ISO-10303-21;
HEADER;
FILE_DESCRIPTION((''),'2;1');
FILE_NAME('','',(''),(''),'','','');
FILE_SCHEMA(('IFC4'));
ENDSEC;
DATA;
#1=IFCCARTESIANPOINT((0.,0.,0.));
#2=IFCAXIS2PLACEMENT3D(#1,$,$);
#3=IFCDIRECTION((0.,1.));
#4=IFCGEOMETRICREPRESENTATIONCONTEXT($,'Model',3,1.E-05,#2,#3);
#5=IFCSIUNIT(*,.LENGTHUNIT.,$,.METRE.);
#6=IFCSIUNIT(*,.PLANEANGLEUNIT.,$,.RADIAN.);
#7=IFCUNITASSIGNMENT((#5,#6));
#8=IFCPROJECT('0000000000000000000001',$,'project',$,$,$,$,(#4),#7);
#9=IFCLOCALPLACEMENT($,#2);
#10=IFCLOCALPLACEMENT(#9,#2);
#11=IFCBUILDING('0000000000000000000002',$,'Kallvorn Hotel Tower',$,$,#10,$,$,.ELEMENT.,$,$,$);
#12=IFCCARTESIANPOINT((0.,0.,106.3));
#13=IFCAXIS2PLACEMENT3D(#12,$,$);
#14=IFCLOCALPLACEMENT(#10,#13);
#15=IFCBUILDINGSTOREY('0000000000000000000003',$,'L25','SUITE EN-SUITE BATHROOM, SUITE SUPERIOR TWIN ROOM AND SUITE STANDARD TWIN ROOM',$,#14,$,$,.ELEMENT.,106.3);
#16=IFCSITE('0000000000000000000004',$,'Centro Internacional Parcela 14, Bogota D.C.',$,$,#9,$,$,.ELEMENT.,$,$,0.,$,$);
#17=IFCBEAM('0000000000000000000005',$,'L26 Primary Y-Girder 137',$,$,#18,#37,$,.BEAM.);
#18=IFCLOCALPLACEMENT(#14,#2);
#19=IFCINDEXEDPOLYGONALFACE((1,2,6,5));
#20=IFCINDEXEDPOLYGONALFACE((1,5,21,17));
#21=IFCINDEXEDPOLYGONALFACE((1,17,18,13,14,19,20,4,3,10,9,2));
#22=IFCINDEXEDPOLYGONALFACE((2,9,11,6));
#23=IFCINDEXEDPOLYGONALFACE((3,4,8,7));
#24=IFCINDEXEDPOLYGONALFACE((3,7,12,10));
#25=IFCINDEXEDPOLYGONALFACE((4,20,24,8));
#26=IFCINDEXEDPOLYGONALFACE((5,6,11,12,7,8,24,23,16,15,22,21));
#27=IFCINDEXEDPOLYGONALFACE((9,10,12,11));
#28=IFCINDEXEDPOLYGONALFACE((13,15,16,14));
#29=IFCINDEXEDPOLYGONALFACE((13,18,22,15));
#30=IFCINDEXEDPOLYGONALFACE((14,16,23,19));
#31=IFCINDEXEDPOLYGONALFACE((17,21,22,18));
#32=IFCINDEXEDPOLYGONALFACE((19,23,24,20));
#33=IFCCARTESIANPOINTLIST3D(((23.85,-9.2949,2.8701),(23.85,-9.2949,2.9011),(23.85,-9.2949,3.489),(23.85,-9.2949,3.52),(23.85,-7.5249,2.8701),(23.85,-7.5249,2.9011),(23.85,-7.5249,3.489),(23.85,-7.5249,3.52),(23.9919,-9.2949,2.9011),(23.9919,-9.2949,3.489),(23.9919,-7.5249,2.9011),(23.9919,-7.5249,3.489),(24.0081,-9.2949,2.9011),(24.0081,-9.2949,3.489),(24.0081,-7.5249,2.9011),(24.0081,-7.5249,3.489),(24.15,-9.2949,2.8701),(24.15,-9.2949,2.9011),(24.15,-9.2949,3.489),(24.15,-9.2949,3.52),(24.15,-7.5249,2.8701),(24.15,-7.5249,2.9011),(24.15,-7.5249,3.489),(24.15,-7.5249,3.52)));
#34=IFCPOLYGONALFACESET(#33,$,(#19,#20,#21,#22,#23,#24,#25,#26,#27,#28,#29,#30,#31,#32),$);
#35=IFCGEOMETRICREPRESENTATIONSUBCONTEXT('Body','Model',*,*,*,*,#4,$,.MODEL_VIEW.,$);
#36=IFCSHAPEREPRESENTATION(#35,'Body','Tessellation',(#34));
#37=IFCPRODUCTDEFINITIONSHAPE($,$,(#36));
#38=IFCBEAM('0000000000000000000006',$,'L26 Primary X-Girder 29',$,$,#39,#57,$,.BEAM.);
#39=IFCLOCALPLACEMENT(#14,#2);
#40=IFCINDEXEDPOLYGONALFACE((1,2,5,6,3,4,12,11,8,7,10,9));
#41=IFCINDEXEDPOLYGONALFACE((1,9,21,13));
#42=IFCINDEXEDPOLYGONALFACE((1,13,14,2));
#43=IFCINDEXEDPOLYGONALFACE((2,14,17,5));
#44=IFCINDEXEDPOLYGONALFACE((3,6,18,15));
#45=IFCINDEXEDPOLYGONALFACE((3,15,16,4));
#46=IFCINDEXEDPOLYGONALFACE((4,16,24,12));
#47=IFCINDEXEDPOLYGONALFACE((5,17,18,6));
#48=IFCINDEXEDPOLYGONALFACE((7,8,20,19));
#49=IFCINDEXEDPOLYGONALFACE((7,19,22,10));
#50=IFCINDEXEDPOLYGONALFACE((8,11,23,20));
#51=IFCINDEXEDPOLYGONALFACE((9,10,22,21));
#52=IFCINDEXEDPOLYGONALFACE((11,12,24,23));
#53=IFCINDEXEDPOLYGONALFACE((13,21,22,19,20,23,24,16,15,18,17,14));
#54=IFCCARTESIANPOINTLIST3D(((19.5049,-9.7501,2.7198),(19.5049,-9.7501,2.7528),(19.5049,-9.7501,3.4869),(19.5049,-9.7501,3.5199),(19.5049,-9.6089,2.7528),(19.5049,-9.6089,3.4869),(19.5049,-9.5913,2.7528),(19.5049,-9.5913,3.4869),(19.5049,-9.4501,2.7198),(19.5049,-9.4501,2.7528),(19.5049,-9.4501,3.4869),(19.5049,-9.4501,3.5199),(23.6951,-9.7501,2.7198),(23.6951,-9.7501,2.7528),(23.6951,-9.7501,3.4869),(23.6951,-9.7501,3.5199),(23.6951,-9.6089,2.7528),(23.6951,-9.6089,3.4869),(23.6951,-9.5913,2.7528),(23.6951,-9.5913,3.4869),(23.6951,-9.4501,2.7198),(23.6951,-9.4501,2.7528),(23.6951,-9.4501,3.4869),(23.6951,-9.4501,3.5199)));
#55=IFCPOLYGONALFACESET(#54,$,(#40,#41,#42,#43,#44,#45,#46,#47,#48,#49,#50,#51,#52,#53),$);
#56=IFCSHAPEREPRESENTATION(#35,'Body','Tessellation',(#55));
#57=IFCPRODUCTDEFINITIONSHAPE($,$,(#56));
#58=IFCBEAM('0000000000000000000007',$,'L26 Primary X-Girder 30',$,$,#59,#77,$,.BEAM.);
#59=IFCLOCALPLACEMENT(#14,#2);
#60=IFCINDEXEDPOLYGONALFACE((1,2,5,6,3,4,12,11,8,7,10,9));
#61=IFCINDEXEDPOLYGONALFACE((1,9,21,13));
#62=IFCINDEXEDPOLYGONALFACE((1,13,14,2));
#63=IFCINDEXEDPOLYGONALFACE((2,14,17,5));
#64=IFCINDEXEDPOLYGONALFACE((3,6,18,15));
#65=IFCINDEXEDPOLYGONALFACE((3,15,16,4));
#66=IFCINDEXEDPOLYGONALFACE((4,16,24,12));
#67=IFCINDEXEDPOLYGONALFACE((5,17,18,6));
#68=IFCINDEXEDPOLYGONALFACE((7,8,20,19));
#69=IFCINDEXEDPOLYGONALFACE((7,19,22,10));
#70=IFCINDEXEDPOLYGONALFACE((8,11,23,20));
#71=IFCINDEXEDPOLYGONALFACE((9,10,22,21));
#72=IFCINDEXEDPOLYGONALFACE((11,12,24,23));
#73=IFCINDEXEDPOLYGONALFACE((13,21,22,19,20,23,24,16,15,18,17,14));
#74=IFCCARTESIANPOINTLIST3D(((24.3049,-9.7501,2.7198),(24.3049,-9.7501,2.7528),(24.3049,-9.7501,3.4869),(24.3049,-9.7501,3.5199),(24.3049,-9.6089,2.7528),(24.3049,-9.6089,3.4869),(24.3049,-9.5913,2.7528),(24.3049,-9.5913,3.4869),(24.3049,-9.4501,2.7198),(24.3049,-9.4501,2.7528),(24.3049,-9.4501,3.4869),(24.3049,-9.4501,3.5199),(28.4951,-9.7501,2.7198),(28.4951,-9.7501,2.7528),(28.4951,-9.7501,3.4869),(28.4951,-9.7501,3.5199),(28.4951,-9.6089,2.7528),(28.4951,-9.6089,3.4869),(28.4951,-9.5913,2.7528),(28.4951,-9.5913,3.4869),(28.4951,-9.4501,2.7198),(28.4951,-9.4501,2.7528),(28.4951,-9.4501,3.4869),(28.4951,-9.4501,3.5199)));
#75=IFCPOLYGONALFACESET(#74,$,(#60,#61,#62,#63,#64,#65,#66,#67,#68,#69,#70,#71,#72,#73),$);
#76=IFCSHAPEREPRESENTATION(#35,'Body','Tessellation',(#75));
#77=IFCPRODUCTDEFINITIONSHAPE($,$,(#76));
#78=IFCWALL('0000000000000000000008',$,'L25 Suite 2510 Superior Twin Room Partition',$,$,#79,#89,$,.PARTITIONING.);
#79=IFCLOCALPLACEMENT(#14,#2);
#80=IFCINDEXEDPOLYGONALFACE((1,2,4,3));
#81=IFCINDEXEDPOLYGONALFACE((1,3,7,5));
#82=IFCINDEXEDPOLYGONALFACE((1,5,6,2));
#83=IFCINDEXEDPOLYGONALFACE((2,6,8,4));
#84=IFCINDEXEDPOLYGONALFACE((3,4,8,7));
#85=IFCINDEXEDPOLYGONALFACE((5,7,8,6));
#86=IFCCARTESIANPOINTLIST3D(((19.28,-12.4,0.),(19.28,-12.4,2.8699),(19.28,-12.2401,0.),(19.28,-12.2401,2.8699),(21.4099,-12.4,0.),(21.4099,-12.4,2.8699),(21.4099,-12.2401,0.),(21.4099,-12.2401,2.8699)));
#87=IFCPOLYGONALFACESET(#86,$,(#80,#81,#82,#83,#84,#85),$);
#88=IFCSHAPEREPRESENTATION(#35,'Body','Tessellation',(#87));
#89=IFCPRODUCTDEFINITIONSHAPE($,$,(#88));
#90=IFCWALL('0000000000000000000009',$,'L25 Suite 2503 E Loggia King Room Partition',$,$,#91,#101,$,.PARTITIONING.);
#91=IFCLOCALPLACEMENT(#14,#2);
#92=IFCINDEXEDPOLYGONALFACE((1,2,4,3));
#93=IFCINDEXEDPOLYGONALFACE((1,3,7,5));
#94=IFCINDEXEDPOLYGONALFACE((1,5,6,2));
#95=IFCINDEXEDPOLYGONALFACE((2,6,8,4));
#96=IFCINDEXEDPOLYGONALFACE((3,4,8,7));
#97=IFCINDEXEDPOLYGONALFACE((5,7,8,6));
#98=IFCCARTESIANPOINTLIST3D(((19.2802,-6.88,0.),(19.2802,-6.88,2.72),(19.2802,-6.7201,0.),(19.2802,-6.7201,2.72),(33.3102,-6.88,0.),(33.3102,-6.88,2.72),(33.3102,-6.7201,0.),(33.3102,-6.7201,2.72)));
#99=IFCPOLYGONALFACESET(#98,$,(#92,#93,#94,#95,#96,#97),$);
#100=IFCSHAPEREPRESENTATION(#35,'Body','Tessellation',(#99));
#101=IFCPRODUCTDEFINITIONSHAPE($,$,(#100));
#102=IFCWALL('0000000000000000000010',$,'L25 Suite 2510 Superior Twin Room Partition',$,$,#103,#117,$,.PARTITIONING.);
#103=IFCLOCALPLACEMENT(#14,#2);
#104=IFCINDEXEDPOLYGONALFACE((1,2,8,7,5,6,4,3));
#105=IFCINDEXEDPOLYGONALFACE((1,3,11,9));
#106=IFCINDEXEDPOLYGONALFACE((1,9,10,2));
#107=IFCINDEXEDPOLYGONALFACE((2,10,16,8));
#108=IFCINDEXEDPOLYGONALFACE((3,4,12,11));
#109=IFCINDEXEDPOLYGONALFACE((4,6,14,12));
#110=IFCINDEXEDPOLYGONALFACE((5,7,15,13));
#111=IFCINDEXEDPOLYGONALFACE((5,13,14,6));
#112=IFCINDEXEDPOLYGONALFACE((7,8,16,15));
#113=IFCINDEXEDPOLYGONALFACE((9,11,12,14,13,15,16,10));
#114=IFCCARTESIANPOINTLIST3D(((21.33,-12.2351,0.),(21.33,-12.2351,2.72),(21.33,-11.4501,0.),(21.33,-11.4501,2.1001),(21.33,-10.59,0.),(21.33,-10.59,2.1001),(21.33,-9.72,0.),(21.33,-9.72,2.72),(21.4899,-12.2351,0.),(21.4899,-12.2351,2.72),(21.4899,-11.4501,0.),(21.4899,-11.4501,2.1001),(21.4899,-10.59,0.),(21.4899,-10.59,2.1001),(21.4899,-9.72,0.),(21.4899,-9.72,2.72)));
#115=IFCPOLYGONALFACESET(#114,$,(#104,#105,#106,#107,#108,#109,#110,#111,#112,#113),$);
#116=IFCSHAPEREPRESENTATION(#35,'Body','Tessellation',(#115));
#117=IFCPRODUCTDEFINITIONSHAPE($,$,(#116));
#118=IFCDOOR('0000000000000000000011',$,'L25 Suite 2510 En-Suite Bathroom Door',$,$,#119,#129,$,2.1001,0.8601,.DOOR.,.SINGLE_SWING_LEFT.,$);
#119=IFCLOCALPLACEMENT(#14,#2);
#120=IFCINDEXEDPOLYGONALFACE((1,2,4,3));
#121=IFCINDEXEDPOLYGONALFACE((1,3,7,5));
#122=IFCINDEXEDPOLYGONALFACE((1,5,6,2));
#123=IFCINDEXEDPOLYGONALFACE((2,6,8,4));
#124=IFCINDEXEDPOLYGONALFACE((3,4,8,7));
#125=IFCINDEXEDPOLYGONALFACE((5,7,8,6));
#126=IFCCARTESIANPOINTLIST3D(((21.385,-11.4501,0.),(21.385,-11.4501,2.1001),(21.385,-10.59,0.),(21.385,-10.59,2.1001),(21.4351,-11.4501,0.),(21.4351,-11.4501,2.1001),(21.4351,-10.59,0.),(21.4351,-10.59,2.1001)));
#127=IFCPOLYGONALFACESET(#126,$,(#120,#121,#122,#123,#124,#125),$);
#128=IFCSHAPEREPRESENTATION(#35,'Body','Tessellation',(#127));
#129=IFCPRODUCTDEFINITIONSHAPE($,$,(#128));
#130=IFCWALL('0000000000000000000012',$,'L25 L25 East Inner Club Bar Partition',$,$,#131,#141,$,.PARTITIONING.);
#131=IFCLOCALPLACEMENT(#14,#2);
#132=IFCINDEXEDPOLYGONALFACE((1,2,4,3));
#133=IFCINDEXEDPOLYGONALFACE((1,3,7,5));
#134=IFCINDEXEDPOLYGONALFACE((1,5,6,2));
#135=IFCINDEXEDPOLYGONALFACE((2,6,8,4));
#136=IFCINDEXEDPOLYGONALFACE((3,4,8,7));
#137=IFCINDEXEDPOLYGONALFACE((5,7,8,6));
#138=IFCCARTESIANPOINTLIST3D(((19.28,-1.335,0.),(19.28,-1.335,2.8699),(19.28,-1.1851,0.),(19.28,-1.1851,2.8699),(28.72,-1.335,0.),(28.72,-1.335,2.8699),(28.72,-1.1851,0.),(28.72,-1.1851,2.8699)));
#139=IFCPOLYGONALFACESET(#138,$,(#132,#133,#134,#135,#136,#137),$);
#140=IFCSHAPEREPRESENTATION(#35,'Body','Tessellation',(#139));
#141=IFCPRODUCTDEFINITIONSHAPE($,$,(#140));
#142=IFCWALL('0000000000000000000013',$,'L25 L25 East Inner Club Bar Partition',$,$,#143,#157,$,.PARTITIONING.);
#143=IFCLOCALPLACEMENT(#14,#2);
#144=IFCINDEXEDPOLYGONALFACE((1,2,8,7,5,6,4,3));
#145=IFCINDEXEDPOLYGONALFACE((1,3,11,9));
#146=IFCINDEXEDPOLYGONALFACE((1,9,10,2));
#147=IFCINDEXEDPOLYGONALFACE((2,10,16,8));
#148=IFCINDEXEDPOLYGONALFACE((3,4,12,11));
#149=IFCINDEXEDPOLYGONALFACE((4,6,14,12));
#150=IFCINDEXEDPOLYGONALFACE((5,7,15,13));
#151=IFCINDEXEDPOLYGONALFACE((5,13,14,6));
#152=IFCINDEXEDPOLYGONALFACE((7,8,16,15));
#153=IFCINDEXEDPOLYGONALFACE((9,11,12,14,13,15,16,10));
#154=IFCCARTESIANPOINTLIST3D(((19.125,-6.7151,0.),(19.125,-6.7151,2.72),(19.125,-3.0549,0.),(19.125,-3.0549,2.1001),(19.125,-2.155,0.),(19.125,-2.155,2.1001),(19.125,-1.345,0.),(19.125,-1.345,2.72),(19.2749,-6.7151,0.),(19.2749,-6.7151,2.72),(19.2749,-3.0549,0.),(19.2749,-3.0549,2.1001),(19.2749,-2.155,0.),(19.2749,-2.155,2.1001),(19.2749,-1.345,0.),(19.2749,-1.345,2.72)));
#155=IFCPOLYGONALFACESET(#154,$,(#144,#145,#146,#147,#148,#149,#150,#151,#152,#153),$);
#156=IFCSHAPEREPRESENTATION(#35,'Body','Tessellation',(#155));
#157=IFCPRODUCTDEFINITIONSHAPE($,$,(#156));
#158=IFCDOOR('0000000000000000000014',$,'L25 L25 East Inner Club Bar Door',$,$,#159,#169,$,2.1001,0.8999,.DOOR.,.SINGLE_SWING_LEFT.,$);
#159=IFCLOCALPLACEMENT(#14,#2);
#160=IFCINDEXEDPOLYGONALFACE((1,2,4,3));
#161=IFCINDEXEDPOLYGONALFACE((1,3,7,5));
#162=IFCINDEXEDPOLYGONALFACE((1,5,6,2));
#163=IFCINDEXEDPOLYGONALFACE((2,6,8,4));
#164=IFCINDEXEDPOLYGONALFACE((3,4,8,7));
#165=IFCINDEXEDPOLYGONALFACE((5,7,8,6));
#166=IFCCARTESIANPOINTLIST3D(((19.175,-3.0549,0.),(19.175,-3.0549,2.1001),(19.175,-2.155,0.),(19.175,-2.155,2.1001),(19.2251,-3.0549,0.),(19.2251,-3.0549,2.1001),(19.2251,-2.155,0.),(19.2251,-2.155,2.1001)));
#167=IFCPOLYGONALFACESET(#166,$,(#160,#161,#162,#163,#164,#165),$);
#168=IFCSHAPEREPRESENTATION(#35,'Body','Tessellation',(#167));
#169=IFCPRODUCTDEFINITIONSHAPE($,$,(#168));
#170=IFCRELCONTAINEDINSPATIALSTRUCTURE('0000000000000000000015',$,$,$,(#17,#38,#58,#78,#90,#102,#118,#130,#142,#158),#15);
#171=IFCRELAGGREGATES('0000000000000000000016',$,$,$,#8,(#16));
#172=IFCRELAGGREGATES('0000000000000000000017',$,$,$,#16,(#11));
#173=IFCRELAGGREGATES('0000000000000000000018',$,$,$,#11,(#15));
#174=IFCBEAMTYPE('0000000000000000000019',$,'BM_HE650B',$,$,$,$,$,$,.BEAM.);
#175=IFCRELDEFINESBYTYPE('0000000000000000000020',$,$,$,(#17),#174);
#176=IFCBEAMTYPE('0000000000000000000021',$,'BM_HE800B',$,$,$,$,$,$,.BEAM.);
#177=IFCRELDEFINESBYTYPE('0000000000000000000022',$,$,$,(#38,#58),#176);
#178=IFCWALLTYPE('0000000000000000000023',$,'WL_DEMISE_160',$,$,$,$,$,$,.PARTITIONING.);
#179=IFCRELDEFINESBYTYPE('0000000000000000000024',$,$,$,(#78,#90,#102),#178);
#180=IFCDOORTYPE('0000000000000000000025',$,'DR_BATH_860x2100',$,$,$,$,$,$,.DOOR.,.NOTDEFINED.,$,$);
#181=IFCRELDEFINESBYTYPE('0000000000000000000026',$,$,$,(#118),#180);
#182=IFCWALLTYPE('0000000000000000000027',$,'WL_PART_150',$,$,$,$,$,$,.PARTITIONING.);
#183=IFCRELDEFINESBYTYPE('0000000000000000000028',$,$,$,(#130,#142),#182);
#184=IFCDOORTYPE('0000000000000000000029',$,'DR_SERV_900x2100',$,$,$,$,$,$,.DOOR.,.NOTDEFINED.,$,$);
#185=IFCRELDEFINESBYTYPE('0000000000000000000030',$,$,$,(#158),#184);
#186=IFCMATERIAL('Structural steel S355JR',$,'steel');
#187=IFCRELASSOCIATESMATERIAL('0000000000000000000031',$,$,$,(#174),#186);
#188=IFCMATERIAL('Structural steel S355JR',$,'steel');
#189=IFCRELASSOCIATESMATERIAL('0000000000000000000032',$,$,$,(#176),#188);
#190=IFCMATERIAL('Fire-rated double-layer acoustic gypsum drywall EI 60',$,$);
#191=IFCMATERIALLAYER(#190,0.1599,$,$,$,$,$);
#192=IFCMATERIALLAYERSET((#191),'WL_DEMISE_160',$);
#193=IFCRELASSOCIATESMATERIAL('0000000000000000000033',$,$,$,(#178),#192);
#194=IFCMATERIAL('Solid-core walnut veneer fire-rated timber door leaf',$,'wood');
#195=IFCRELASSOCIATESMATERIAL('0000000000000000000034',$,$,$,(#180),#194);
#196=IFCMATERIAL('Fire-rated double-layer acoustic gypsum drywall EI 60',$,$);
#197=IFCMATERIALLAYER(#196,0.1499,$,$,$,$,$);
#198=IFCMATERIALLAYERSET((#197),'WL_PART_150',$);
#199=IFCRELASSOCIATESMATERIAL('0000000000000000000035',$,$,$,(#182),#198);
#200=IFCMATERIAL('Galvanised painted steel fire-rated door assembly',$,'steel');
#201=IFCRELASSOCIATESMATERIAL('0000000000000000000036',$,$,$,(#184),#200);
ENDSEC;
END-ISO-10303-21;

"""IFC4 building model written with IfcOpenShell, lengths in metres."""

from ifc_helpers import new_model, si_unit, direction, frame, frame_2d, origin, origin_2d, place, context, subcontext, project, spatial, rectangle, i_section, extrude, material, layer, layer_set, material_profile, profile_set, type_object, element, fill, save


model = new_model("IFC4")

# Units and contexts
model_context = context("Model", 3, precision=1e-05, world=origin(), true_north=direction((0.0, 1.0)))
body_context = subcontext(model_context, "Body", "Model", "MODEL_VIEW")
ifc_project = project(units=[si_unit("LENGTHUNIT", "METRE"), si_unit("PLANEANGLEUNIT", "RADIAN")], contexts=[model_context])

# Site, building, storey
site_placement = place(None, origin())
site = spatial("IfcSite", under=ifc_project, at=site_placement, Name="Centro Internacional Parcela 14, Bogota D.C.", CompositionType="ELEMENT", RefElevation=0.0)
building_placement = place(site_placement, origin())
building = spatial("IfcBuilding", under=site, at=building_placement, Name="Kallvorn Hotel Tower", CompositionType="ELEMENT")
storey_placement = place(building_placement, frame((0.0, 0.0, 106.3)))
storey = spatial("IfcBuildingStorey", under=building, at=storey_placement, Name="L25", Description="SUITE EN-SUITE BATHROOM, SUITE SUPERIOR TWIN ROOM AND SUITE STANDARD TWIN ROOM", CompositionType="ELEMENT", Elevation=106.3)

# Beams
ifc_material_1 = material(Name="Structural steel S355JR", Category="steel")
ifc_material_profile_1 = material_profile(ifc_material_1, i_section(OverallWidth=0.3, OverallDepth=0.6499, WebThickness=0.0161, FlangeThickness=0.031, at=origin_2d()), Name="HE 650 B")
ifc_profile_set_1 = profile_set([ifc_material_profile_1], Name="Structural steel S355JR")
beam_type_1 = type_object("IfcBeamType", Name="BM_HE650B", PredefinedType="BEAM", material=ifc_profile_set_1)
beam_placement = place(storey_placement, frame((24.0, -9.2949, 3.1951), z_axis=(0.0, 1.0, 0.0), x_axis=(-1.0, 0.0, 0.0)))
element("IfcBeam", 1, at=beam_placement, inside=storey, type_object=beam_type_1, Name="L26 Primary Y-Girder 137", PredefinedType="BEAM", context=body_context, shape_type="SweptSolid", body=[
    extrude(i_section(OverallWidth=0.3, OverallDepth=0.6499, WebThickness=0.0161, FlangeThickness=0.031, at=origin_2d()), origin(), (0.0, 0.0, 1.0), 1.77),
])
ifc_material_2 = material(Name="Structural steel S355JR", Category="steel")
ifc_material_profile_2 = material_profile(ifc_material_2, i_section(OverallWidth=0.3, OverallDepth=0.8, WebThickness=0.0176, FlangeThickness=0.033, at=origin_2d()), Name="HE 800 B")
ifc_profile_set_2 = profile_set([ifc_material_profile_2], Name="Structural steel S355JR")
beam_type_2 = type_object("IfcBeamType", Name="BM_HE800B", PredefinedType="BEAM", material=ifc_profile_set_2)
for number, where, z_axis, x_axis, name in (
    (2, (19.5049, -9.6001, 3.1199), (1.0, 0.0, 0.0), (0.0, 1.0, 0.0), "L26 Primary X-Girder 29"),
    (3, (24.3049, -9.6001, 3.1199), (1.0, 0.0, 0.0), (0.0, 1.0, 0.0), "L26 Primary X-Girder 30"),
):
    element("IfcBeam", number, at=place(storey_placement, frame(where, z_axis=z_axis, x_axis=x_axis)), inside=storey, type_object=beam_type_2, Name=name, PredefinedType="BEAM", context=body_context, shape_type="SweptSolid", body=[
        extrude(i_section(OverallWidth=0.3, OverallDepth=0.8, WebThickness=0.0176, FlangeThickness=0.033, at=origin_2d()), origin(), (0.0, 0.0, 1.0), 4.1902),
    ])

# Walls
ifc_material_3 = material(Name="Fire-rated double-layer acoustic gypsum drywall EI 60")
ifc_layer_1 = layer(ifc_material_3, 0.1599)
ifc_layer_set_1 = layer_set([ifc_layer_1], Name="WL_DEMISE_160")
wall_type_1 = type_object("IfcWallType", Name="WL_DEMISE_160", PredefinedType="PARTITIONING", material=ifc_layer_set_1)
wall_1_placement = place(storey_placement, frame((19.28, -12.3201, 0.0), z_axis=(0.0, 0.0, 1.0), x_axis=(1.0, 0.0, 0.0)))
element("IfcWall", 4, at=wall_1_placement, inside=storey, type_object=wall_type_1, Name="L25 Suite 2510 Superior Twin Room Partition", PredefinedType="PARTITIONING", context=body_context, shape_type="SweptSolid", body=[
    extrude(rectangle(XDim=2.1299, YDim=0.1599, at=frame_2d((1.0649, 0.0))), origin(), (0.0, 0.0, 1.0), 2.8699),
])
wall_2_placement = place(storey_placement, frame((19.28, -6.8, 0.0), z_axis=(0.0, 0.0, 1.0), x_axis=(1.0, 0.0, 0.0)))
element("IfcWall", 5, at=wall_2_placement, inside=storey, type_object=wall_type_1, Name="L25 Suite 2503 E Loggia King Room Partition", PredefinedType="PARTITIONING", context=body_context, shape_type="SweptSolid", body=[
    extrude(rectangle(XDim=14.03, YDim=0.1599, at=frame_2d((7.0151, 0.0))), origin(), (0.0, 0.0, 1.0), 2.72),
])

# Wall, opening, door
wall_3_placement = place(storey_placement, frame((21.4099, -12.2351, 0.0), z_axis=(0.0, 0.0, 1.0), x_axis=(0.0, 1.0, 0.0)))
wall_3 = element("IfcWall", 6, at=wall_3_placement, inside=storey, type_object=wall_type_1, Name="L25 Suite 2510 Superior Twin Room Partition", PredefinedType="PARTITIONING", context=body_context, shape_type="SweptSolid", body=[
    extrude(rectangle(XDim=2.5151, YDim=0.1599, at=frame_2d((1.2576, 0.0))), origin(), (0.0, 0.0, 1.0), 2.72),
])
opening_1_placement = place(wall_3_placement, frame((0.7849, 0.0, 0.0)))
opening_1 = element("IfcOpeningElement", 7, at=opening_1_placement, cuts=wall_3, PredefinedType="OPENING", context=body_context, shape_type="SweptSolid", body=[
    extrude(rectangle(XDim=0.8601, YDim=2.1001, at=frame_2d((0.4302, 1.05))), frame((0.0, 0.095, 0.0), z_axis=(0.0, -1.0, 0.0), x_axis=(1.0, 0.0, 0.0)), (0.0, 0.0, 1.0), 0.1899),
])
ifc_material_4 = material(Name="Solid-core walnut veneer fire-rated timber door leaf", Category="wood")
door_type_1 = type_object("IfcDoorType", Name="DR_BATH_860x2100", OperationType="NOTDEFINED", PredefinedType="DOOR", material=ifc_material_4)
door_1_placement = place(opening_1_placement, origin())
door_1 = element("IfcDoor", 8, at=door_1_placement, inside=storey, type_object=door_type_1, Name="L25 Suite 2510 En-Suite Bathroom Door", OperationType="SINGLE_SWING_LEFT", OverallHeight=2.1001, OverallWidth=0.8601, PredefinedType="DOOR", context=body_context, shape_type="SweptSolid", body=[
    extrude(rectangle(XDim=0.8601, YDim=2.1001, at=frame_2d((0.4302, 1.05))), frame((0.0, 0.0249, 0.0), z_axis=(0.0, -1.0, 0.0), x_axis=(1.0, 0.0, 0.0)), (0.0, 0.0, 1.0), 0.05),
])
fill(opening_1, door_1)

# Wall
ifc_material_5 = material(Name="Fire-rated double-layer acoustic gypsum drywall EI 60")
ifc_layer_2 = layer(ifc_material_5, 0.1499)
ifc_layer_set_2 = layer_set([ifc_layer_2], Name="WL_PART_150")
wall_type_2 = type_object("IfcWallType", Name="WL_PART_150", PredefinedType="PARTITIONING", material=ifc_layer_set_2)
wall_4_placement = place(storey_placement, frame((19.28, -1.26, 0.0), z_axis=(0.0, 0.0, 1.0), x_axis=(1.0, 0.0, 0.0)))
element("IfcWall", 9, at=wall_4_placement, inside=storey, type_object=wall_type_2, Name="L25 L25 East Inner Club Bar Partition", PredefinedType="PARTITIONING", context=body_context, shape_type="SweptSolid", body=[
    extrude(rectangle(XDim=9.4399, YDim=0.1499, at=frame_2d((4.72, 0.0))), origin(), (0.0, 0.0, 1.0), 2.8699),
])

# Wall, opening, door
wall_5_placement = place(storey_placement, frame((19.2, -6.7151, 0.0), z_axis=(0.0, 0.0, 1.0), x_axis=(0.0, 1.0, 0.0)))
wall_5 = element("IfcWall", 10, at=wall_5_placement, inside=storey, type_object=wall_type_2, Name="L25 L25 East Inner Club Bar Partition", PredefinedType="PARTITIONING", context=body_context, shape_type="SweptSolid", body=[
    extrude(rectangle(XDim=5.3701, YDim=0.1499, at=frame_2d((2.6851, 0.0))), origin(), (0.0, 0.0, 1.0), 2.72),
])
opening_2_placement = place(wall_5_placement, frame((3.6602, 0.0, 0.0)))
opening_2 = element("IfcOpeningElement", 11, at=opening_2_placement, cuts=wall_5, PredefinedType="OPENING", context=body_context, shape_type="SweptSolid", body=[
    extrude(rectangle(XDim=0.8999, YDim=2.1001, at=frame_2d((0.45, 1.05))), frame((0.0, 0.0898, 0.0), z_axis=(0.0, -1.0, 0.0), x_axis=(1.0, 0.0, 0.0)), (0.0, 0.0, 1.0), 0.1799),
])
ifc_material_6 = material(Name="Galvanised painted steel fire-rated door assembly", Category="steel")
door_type_2 = type_object("IfcDoorType", Name="DR_SERV_900x2100", OperationType="NOTDEFINED", PredefinedType="DOOR", material=ifc_material_6)
door_2_placement = place(opening_2_placement, origin())
door_2 = element("IfcDoor", 12, at=door_2_placement, inside=storey, type_object=door_type_2, Name="L25 L25 East Inner Club Bar Door", OperationType="SINGLE_SWING_LEFT", OverallHeight=2.1001, OverallWidth=0.8999, PredefinedType="DOOR", context=body_context, shape_type="SweptSolid", body=[
    extrude(rectangle(XDim=0.8999, YDim=2.1001, at=frame_2d((0.45, 1.05))), frame((0.0, 0.0249, 0.0), z_axis=(0.0, -1.0, 0.0), x_axis=(1.0, 0.0, 0.0)), (0.0, 0.0, 1.0), 0.05),
])
fill(opening_2, door_2)

save(model, "model.ifc")
